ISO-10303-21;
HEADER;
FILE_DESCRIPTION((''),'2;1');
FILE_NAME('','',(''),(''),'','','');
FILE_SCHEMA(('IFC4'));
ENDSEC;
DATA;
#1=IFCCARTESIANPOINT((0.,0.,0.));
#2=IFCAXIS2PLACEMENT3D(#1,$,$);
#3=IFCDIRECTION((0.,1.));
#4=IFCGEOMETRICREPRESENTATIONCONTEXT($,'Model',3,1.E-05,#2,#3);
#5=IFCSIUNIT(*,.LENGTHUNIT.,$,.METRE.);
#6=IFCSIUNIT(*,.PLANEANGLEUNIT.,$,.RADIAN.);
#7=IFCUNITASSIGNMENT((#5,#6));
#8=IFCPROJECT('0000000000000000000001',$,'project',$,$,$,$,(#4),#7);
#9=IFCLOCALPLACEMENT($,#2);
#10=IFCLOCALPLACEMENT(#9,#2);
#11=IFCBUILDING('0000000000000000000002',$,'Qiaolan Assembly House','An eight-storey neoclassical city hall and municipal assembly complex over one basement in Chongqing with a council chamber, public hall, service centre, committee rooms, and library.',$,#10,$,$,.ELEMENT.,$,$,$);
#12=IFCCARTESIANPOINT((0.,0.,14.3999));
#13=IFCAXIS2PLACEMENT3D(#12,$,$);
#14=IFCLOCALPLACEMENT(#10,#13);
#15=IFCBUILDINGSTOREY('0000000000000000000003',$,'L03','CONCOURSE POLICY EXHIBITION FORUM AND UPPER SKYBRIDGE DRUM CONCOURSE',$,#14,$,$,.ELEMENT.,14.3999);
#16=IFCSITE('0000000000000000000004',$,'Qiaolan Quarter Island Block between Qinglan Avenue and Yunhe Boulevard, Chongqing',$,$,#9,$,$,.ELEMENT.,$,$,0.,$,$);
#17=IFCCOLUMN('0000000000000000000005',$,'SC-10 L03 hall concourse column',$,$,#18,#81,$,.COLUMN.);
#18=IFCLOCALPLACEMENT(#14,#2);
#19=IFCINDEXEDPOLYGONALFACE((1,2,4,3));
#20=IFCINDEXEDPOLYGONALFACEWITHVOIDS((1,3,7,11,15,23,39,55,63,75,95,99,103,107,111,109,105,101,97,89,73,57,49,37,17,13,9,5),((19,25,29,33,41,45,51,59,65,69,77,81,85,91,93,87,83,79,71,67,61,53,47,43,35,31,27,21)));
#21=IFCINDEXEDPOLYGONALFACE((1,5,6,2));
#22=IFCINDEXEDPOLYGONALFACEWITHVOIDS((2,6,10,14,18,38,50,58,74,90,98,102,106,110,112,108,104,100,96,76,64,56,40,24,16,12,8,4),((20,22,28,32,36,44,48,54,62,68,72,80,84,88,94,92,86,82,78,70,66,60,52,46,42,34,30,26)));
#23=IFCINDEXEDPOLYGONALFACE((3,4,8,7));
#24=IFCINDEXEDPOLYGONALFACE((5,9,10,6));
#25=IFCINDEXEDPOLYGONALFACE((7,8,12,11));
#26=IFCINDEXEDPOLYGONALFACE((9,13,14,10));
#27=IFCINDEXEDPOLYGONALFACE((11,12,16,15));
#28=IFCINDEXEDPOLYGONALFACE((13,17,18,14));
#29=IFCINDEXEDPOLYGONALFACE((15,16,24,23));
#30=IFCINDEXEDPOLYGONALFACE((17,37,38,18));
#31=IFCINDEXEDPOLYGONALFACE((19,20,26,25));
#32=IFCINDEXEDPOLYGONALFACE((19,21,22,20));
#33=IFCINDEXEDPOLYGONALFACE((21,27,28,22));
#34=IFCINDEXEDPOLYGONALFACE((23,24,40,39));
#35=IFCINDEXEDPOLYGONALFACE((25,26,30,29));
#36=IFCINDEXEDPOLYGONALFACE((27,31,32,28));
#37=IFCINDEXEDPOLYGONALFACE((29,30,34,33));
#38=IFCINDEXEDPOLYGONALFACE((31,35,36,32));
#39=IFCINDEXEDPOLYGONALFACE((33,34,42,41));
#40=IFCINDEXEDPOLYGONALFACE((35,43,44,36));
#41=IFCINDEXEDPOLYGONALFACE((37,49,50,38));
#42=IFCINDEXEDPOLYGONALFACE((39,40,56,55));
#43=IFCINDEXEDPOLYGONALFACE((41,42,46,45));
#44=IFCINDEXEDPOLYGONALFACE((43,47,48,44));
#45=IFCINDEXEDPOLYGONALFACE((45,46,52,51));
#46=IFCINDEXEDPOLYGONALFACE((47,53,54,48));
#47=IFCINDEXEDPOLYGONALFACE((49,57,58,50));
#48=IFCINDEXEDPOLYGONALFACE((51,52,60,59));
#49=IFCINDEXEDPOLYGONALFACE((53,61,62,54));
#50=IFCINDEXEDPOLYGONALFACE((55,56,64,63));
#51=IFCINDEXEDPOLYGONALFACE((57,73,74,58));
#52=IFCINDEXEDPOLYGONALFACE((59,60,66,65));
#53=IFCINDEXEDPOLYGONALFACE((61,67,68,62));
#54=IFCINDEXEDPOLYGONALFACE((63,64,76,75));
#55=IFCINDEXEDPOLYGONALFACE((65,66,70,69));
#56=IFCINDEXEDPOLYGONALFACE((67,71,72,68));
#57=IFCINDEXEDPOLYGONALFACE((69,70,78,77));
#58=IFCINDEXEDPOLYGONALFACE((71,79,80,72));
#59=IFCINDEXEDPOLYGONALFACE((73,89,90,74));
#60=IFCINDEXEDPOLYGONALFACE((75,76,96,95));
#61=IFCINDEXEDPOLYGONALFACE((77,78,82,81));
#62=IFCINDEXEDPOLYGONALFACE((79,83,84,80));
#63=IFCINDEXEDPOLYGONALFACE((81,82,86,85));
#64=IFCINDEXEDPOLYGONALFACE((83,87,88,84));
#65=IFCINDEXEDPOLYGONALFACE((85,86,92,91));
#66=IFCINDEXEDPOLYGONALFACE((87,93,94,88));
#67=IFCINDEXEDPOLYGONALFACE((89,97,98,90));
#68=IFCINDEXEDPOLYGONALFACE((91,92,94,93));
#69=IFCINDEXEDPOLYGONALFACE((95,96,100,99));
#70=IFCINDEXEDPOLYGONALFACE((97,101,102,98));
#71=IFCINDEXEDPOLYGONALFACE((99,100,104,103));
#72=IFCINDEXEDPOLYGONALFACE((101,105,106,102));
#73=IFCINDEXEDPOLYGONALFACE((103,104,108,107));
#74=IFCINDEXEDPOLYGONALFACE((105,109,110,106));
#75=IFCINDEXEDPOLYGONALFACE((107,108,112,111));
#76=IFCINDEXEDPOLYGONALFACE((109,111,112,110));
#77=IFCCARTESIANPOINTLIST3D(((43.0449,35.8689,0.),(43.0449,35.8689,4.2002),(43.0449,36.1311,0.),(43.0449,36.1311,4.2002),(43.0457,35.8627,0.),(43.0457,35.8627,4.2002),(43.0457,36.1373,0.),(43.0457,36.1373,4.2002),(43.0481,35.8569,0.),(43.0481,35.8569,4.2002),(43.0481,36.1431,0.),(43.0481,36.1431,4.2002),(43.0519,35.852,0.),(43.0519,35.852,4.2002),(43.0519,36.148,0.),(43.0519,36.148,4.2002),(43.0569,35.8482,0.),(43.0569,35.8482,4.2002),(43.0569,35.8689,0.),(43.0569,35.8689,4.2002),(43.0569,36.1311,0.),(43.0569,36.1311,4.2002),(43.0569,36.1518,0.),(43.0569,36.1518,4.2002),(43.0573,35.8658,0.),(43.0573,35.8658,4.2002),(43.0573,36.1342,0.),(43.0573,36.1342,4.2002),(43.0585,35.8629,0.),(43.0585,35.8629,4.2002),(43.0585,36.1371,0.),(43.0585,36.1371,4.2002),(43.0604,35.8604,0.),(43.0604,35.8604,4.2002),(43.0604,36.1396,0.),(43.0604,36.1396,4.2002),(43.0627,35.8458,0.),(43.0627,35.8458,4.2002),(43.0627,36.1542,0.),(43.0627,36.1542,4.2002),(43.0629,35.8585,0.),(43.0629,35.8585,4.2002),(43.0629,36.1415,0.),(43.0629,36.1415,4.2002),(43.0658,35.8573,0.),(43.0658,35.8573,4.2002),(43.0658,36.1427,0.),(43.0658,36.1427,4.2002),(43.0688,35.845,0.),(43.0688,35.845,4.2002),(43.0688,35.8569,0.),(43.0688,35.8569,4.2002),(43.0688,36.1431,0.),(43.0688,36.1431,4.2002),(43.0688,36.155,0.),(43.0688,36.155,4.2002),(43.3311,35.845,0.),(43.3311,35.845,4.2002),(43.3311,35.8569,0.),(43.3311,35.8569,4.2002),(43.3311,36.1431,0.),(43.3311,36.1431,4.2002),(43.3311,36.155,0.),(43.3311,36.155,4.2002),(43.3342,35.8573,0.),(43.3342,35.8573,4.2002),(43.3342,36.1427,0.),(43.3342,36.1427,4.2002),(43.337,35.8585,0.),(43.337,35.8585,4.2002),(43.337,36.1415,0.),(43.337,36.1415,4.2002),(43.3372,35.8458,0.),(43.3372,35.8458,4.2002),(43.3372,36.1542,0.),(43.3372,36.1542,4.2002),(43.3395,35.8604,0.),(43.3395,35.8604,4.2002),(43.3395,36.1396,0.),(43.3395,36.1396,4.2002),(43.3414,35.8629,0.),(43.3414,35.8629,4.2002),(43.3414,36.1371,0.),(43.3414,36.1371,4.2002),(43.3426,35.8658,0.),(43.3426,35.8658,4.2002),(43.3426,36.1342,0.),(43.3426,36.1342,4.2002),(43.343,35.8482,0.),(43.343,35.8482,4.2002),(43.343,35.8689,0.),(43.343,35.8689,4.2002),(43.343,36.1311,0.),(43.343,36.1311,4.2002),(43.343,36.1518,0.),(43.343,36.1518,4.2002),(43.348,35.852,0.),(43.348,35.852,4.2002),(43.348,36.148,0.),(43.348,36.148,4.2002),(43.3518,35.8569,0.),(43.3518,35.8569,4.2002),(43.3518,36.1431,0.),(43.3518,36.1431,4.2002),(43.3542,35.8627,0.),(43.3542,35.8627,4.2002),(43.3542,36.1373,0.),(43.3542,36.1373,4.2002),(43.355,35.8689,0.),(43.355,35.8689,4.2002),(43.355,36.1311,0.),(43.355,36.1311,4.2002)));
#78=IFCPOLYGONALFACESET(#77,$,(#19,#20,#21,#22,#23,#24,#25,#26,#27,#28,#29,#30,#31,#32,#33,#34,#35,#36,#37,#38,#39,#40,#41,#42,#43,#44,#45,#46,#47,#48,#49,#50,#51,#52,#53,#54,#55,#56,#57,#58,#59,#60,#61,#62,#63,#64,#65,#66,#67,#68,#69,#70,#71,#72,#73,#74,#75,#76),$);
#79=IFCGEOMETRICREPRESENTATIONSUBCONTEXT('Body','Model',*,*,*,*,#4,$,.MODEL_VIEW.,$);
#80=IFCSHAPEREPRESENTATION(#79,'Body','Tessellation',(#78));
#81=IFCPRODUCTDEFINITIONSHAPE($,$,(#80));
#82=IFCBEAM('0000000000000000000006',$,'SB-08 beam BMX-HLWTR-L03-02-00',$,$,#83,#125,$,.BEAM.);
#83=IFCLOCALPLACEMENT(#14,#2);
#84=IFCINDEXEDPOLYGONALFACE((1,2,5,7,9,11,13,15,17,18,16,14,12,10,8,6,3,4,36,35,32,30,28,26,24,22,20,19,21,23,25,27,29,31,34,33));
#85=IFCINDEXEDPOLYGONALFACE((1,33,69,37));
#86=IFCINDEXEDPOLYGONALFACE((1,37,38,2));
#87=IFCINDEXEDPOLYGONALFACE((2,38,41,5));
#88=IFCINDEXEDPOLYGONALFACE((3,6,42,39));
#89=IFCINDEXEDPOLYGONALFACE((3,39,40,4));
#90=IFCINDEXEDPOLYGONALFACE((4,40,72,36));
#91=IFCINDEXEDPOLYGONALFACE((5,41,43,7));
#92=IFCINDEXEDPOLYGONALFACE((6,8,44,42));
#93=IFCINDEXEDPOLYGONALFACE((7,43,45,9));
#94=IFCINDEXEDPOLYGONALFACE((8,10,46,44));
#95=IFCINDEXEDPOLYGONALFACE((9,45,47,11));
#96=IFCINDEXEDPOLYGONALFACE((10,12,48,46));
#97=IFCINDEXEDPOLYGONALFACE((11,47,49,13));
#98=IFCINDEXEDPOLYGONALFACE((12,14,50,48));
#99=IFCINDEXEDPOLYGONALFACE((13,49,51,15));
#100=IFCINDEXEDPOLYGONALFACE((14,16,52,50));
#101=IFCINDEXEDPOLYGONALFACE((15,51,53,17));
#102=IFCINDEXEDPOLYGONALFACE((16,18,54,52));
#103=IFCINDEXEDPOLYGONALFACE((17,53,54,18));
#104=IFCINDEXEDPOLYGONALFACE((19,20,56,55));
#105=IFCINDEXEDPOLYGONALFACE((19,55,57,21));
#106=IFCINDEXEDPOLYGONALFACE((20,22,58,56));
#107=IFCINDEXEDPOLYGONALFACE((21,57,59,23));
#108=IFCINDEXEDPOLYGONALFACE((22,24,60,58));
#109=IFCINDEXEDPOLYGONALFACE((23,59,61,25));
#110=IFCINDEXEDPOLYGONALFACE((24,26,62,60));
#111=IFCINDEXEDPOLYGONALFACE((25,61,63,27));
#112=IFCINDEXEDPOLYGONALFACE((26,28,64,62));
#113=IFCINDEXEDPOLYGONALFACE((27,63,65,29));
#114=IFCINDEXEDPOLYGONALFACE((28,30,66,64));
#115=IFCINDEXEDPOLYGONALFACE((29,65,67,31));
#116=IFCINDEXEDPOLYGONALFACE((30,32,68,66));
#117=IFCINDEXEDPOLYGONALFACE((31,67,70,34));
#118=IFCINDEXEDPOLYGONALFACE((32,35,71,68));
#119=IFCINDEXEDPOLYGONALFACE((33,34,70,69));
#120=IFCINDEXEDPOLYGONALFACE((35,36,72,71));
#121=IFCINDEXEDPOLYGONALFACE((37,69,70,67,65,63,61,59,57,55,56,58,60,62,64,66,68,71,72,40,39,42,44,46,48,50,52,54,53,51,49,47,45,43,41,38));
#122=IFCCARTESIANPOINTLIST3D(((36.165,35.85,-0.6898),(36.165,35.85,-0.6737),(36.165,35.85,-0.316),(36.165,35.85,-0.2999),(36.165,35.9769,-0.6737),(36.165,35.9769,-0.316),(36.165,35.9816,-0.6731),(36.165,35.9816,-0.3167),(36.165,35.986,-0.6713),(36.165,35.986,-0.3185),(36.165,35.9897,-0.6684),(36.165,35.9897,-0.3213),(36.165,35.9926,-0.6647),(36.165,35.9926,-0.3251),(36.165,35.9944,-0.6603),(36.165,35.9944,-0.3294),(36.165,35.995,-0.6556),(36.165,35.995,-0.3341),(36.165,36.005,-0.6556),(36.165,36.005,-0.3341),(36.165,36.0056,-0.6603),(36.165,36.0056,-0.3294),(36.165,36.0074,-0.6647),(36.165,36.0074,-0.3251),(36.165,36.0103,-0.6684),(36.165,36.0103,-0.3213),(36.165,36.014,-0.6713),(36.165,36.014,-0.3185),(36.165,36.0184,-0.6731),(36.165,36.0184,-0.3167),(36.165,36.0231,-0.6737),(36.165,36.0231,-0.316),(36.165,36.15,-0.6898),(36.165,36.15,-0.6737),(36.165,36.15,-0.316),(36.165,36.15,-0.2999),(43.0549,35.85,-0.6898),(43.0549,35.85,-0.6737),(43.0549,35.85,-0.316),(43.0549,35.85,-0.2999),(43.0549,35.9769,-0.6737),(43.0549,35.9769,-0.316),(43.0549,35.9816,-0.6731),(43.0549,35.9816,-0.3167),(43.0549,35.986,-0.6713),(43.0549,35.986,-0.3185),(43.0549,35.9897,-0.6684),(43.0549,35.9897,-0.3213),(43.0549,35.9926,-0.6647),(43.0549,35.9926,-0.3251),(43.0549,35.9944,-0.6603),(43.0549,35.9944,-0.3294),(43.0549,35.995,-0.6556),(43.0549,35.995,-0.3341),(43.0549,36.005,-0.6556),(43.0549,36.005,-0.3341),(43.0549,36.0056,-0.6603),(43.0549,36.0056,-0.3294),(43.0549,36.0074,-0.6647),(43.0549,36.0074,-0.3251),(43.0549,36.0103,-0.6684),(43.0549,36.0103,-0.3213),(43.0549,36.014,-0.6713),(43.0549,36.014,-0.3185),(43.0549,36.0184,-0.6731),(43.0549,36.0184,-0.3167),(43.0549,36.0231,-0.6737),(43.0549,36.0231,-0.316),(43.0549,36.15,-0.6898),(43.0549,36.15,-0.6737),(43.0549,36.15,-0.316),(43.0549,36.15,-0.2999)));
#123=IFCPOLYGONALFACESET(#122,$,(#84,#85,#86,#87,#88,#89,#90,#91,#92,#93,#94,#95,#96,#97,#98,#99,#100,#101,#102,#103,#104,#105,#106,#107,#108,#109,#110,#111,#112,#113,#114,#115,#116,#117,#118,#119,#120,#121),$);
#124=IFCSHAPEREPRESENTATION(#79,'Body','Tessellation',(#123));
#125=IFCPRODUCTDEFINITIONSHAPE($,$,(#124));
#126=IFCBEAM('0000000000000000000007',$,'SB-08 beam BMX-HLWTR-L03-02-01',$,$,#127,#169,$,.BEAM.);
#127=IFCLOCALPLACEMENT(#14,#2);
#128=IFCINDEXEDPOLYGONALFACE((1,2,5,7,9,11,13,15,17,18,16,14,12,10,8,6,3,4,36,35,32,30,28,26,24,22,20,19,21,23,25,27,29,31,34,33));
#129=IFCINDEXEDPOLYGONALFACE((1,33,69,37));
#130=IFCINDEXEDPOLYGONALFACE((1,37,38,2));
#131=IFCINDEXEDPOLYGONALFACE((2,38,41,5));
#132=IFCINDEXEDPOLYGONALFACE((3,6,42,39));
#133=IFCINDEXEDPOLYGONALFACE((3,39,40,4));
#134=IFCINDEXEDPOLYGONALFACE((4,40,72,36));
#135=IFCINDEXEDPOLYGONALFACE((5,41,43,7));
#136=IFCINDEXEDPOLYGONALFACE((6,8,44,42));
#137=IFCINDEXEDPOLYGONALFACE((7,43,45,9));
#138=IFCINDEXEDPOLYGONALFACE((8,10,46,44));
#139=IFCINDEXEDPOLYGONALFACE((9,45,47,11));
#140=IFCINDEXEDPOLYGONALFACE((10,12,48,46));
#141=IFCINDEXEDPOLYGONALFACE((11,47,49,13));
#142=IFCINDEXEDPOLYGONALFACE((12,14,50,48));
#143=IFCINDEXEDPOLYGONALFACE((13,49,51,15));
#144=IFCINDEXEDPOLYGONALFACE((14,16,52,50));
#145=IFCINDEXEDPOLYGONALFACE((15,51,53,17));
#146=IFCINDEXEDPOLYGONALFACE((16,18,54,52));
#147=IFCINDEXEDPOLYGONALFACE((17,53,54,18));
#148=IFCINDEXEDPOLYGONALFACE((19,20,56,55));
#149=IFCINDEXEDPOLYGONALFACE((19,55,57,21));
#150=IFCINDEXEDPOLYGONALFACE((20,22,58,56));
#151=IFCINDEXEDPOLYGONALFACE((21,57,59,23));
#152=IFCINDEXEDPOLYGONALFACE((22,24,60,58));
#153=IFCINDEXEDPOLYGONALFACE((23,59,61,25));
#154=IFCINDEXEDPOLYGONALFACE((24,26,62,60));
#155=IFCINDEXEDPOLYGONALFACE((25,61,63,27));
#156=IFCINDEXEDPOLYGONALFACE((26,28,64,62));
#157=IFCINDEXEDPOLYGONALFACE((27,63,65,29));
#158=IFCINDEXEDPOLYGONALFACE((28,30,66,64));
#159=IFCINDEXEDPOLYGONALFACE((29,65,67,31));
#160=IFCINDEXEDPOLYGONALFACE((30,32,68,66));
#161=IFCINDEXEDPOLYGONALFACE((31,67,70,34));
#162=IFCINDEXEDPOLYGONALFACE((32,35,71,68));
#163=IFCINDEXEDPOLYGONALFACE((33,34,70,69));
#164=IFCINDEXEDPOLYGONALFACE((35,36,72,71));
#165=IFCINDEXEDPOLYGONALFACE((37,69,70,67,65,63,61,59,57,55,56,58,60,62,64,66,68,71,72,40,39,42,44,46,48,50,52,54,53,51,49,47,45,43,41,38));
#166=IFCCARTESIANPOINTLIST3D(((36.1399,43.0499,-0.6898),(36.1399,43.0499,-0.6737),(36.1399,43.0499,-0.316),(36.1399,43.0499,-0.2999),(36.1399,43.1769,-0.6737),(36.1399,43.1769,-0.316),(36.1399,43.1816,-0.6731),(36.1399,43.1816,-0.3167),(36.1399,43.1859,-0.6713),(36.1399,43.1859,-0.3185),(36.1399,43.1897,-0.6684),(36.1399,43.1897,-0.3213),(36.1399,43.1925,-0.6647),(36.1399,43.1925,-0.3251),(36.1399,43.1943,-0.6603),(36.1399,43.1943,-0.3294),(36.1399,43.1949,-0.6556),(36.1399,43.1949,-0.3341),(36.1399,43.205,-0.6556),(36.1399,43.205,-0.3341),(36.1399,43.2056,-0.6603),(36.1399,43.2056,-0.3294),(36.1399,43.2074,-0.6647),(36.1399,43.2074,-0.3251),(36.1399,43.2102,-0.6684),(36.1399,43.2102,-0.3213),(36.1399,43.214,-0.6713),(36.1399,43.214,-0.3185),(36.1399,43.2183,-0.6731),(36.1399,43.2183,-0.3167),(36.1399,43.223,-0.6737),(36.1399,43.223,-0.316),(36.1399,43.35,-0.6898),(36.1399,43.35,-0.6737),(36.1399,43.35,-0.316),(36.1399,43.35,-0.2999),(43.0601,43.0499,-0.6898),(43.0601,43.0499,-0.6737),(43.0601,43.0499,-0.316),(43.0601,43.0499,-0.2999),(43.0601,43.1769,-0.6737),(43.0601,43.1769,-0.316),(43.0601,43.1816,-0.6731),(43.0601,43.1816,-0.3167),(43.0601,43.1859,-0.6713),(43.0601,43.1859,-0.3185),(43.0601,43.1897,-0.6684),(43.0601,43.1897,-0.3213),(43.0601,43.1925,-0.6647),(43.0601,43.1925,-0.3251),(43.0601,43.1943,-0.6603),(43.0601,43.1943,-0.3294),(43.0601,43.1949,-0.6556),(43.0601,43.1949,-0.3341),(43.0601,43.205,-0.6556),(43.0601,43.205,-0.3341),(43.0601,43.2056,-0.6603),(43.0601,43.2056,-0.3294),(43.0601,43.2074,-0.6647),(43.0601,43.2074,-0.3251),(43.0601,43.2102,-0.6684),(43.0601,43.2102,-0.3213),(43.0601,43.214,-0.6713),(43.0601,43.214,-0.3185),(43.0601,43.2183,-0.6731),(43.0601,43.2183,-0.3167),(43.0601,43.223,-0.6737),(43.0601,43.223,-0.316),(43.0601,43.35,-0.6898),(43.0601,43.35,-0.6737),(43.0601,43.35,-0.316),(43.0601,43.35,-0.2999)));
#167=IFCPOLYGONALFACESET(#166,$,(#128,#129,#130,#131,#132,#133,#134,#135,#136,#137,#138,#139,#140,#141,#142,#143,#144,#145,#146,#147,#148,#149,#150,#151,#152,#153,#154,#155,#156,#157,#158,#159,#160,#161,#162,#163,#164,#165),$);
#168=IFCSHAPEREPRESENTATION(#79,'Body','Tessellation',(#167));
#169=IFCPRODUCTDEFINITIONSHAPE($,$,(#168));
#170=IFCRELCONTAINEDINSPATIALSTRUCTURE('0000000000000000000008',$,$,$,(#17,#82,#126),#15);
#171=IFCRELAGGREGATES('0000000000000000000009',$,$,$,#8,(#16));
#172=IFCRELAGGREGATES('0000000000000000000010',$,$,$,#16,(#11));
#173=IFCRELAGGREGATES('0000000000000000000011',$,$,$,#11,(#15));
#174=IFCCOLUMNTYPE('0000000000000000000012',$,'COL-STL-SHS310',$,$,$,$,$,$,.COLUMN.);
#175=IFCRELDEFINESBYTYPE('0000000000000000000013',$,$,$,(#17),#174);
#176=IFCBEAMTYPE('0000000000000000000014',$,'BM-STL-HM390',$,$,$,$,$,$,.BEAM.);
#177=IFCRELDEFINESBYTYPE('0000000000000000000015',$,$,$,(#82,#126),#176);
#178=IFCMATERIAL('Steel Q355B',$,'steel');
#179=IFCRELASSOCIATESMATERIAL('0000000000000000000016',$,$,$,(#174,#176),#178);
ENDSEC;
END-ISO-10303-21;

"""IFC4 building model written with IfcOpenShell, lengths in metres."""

from ifc_helpers import new_model, si_unit, direction, frame, origin, origin_2d, place, context, subcontext, project, spatial, hollow_rectangle, i_section, extrude, material, material_profile, profile_set, type_object, element, save


model = new_model("IFC4")

# Units and contexts
model_context = context("Model", 3, precision=1e-05, world=origin(), true_north=direction((0.0, 1.0)))
body_context = subcontext(model_context, "Body", "Model", "MODEL_VIEW")
ifc_project = project(units=[si_unit("LENGTHUNIT", "METRE"), si_unit("PLANEANGLEUNIT", "RADIAN")], contexts=[model_context])

# Site, building, storey
site_placement = place(None, origin())
site = spatial("IfcSite", under=ifc_project, at=site_placement, Name="Qiaolan Quarter Island Block between Qinglan Avenue and Yunhe Boulevard, Chongqing", CompositionType="ELEMENT", RefElevation=0.0)
building_placement = place(site_placement, origin())
building = spatial("IfcBuilding", under=site, at=building_placement, Name="Qiaolan Assembly House", Description="An eight-storey neoclassical city hall and municipal assembly complex over one basement in Chongqing with a council chamber, public hall, service centre, committee rooms, and library.", CompositionType="ELEMENT")
storey_placement = place(building_placement, frame((0.0, 0.0, 14.3999)))
storey = spatial("IfcBuildingStorey", under=building, at=storey_placement, Name="L03", Description="CONCOURSE POLICY EXHIBITION FORUM AND UPPER SKYBRIDGE DRUM CONCOURSE", CompositionType="ELEMENT", Elevation=14.3999)

# Column
ifc_material_1 = material(Name="Steel Q355B", Category="steel")
ifc_material_profile_1 = material_profile(ifc_material_1, hollow_rectangle(XDim=0.3101, YDim=0.3101, WallThickness=0.012, InnerFilletRadius=0.012, OuterFilletRadius=0.0239, at=origin_2d()), Name="SHS 310x310x12")
ifc_profile_set_1 = profile_set([ifc_material_profile_1], Name="Steel Q355B")
column_type = type_object("IfcColumnType", Name="COL-STL-SHS310", PredefinedType="COLUMN", material=ifc_profile_set_1)
column_placement = place(storey_placement, frame((43.2, 36.0, 0.0), z_axis=(0.0, 0.0, 1.0), x_axis=(1.0, 0.0, 0.0)))
element("IfcColumn", 1, at=column_placement, inside=storey, type_object=column_type, Name="SC-10 L03 hall concourse column", PredefinedType="COLUMN", context=body_context, shape_type="SweptSolid", body=[
    extrude(hollow_rectangle(XDim=0.3101, YDim=0.3101, WallThickness=0.012, InnerFilletRadius=0.012, OuterFilletRadius=0.0239, at=origin_2d()), origin(), (0.0, 0.0, 1.0), 4.2002),
])

# Beams
ifc_material_profile_2 = material_profile(ifc_material_1, i_section(OverallWidth=0.3, OverallDepth=0.3899, WebThickness=0.01, FlangeThickness=0.0161, FilletRadius=0.0181, at=origin_2d()), Name="HM 390x300x10x16")
ifc_profile_set_2 = profile_set([ifc_material_profile_2], Name="Steel Q355B")
beam_type_1 = type_object("IfcBeamType", Name="BM-STL-HM390", PredefinedType="BEAM", material=ifc_profile_set_2)
beam_1_placement = place(storey_placement, frame((36.165, 36.0, -0.4949), z_axis=(1.0, 0.0, 0.0), x_axis=(0.0, 1.0, 0.0)))
element("IfcBeam", 2, at=beam_1_placement, inside=storey, type_object=beam_type_1, Name="SB-08 beam BMX-HLWTR-L03-02-00", PredefinedType="BEAM", context=body_context, shape_type="SweptSolid", body=[
    extrude(i_section(OverallWidth=0.3, OverallDepth=0.3899, WebThickness=0.01, FlangeThickness=0.0161, FilletRadius=0.0181, at=origin_2d()), origin(), (0.0, 0.0, 1.0), 6.8899),
])
for number, where, z_axis, x_axis, name in (
    (3, (36.1399, 43.2, -0.4949), (1.0, 0.0, 0.0), (0.0, 1.0, 0.0), "SB-08 beam BMX-HLWTR-L03-02-01"),
):
    element("IfcBeam", number, at=place(storey_placement, frame(where, z_axis=z_axis, x_axis=x_axis)), inside=storey, type_object=beam_type_1, Name=name, PredefinedType="BEAM", context=body_context, shape_type="SweptSolid", body=[
        extrude(i_section(OverallWidth=0.3, OverallDepth=0.3899, WebThickness=0.01, FlangeThickness=0.0161, FilletRadius=0.0181, at=origin_2d()), origin(), (0.0, 0.0, 1.0), 6.9202),
    ])

save(model, "model.ifc")
